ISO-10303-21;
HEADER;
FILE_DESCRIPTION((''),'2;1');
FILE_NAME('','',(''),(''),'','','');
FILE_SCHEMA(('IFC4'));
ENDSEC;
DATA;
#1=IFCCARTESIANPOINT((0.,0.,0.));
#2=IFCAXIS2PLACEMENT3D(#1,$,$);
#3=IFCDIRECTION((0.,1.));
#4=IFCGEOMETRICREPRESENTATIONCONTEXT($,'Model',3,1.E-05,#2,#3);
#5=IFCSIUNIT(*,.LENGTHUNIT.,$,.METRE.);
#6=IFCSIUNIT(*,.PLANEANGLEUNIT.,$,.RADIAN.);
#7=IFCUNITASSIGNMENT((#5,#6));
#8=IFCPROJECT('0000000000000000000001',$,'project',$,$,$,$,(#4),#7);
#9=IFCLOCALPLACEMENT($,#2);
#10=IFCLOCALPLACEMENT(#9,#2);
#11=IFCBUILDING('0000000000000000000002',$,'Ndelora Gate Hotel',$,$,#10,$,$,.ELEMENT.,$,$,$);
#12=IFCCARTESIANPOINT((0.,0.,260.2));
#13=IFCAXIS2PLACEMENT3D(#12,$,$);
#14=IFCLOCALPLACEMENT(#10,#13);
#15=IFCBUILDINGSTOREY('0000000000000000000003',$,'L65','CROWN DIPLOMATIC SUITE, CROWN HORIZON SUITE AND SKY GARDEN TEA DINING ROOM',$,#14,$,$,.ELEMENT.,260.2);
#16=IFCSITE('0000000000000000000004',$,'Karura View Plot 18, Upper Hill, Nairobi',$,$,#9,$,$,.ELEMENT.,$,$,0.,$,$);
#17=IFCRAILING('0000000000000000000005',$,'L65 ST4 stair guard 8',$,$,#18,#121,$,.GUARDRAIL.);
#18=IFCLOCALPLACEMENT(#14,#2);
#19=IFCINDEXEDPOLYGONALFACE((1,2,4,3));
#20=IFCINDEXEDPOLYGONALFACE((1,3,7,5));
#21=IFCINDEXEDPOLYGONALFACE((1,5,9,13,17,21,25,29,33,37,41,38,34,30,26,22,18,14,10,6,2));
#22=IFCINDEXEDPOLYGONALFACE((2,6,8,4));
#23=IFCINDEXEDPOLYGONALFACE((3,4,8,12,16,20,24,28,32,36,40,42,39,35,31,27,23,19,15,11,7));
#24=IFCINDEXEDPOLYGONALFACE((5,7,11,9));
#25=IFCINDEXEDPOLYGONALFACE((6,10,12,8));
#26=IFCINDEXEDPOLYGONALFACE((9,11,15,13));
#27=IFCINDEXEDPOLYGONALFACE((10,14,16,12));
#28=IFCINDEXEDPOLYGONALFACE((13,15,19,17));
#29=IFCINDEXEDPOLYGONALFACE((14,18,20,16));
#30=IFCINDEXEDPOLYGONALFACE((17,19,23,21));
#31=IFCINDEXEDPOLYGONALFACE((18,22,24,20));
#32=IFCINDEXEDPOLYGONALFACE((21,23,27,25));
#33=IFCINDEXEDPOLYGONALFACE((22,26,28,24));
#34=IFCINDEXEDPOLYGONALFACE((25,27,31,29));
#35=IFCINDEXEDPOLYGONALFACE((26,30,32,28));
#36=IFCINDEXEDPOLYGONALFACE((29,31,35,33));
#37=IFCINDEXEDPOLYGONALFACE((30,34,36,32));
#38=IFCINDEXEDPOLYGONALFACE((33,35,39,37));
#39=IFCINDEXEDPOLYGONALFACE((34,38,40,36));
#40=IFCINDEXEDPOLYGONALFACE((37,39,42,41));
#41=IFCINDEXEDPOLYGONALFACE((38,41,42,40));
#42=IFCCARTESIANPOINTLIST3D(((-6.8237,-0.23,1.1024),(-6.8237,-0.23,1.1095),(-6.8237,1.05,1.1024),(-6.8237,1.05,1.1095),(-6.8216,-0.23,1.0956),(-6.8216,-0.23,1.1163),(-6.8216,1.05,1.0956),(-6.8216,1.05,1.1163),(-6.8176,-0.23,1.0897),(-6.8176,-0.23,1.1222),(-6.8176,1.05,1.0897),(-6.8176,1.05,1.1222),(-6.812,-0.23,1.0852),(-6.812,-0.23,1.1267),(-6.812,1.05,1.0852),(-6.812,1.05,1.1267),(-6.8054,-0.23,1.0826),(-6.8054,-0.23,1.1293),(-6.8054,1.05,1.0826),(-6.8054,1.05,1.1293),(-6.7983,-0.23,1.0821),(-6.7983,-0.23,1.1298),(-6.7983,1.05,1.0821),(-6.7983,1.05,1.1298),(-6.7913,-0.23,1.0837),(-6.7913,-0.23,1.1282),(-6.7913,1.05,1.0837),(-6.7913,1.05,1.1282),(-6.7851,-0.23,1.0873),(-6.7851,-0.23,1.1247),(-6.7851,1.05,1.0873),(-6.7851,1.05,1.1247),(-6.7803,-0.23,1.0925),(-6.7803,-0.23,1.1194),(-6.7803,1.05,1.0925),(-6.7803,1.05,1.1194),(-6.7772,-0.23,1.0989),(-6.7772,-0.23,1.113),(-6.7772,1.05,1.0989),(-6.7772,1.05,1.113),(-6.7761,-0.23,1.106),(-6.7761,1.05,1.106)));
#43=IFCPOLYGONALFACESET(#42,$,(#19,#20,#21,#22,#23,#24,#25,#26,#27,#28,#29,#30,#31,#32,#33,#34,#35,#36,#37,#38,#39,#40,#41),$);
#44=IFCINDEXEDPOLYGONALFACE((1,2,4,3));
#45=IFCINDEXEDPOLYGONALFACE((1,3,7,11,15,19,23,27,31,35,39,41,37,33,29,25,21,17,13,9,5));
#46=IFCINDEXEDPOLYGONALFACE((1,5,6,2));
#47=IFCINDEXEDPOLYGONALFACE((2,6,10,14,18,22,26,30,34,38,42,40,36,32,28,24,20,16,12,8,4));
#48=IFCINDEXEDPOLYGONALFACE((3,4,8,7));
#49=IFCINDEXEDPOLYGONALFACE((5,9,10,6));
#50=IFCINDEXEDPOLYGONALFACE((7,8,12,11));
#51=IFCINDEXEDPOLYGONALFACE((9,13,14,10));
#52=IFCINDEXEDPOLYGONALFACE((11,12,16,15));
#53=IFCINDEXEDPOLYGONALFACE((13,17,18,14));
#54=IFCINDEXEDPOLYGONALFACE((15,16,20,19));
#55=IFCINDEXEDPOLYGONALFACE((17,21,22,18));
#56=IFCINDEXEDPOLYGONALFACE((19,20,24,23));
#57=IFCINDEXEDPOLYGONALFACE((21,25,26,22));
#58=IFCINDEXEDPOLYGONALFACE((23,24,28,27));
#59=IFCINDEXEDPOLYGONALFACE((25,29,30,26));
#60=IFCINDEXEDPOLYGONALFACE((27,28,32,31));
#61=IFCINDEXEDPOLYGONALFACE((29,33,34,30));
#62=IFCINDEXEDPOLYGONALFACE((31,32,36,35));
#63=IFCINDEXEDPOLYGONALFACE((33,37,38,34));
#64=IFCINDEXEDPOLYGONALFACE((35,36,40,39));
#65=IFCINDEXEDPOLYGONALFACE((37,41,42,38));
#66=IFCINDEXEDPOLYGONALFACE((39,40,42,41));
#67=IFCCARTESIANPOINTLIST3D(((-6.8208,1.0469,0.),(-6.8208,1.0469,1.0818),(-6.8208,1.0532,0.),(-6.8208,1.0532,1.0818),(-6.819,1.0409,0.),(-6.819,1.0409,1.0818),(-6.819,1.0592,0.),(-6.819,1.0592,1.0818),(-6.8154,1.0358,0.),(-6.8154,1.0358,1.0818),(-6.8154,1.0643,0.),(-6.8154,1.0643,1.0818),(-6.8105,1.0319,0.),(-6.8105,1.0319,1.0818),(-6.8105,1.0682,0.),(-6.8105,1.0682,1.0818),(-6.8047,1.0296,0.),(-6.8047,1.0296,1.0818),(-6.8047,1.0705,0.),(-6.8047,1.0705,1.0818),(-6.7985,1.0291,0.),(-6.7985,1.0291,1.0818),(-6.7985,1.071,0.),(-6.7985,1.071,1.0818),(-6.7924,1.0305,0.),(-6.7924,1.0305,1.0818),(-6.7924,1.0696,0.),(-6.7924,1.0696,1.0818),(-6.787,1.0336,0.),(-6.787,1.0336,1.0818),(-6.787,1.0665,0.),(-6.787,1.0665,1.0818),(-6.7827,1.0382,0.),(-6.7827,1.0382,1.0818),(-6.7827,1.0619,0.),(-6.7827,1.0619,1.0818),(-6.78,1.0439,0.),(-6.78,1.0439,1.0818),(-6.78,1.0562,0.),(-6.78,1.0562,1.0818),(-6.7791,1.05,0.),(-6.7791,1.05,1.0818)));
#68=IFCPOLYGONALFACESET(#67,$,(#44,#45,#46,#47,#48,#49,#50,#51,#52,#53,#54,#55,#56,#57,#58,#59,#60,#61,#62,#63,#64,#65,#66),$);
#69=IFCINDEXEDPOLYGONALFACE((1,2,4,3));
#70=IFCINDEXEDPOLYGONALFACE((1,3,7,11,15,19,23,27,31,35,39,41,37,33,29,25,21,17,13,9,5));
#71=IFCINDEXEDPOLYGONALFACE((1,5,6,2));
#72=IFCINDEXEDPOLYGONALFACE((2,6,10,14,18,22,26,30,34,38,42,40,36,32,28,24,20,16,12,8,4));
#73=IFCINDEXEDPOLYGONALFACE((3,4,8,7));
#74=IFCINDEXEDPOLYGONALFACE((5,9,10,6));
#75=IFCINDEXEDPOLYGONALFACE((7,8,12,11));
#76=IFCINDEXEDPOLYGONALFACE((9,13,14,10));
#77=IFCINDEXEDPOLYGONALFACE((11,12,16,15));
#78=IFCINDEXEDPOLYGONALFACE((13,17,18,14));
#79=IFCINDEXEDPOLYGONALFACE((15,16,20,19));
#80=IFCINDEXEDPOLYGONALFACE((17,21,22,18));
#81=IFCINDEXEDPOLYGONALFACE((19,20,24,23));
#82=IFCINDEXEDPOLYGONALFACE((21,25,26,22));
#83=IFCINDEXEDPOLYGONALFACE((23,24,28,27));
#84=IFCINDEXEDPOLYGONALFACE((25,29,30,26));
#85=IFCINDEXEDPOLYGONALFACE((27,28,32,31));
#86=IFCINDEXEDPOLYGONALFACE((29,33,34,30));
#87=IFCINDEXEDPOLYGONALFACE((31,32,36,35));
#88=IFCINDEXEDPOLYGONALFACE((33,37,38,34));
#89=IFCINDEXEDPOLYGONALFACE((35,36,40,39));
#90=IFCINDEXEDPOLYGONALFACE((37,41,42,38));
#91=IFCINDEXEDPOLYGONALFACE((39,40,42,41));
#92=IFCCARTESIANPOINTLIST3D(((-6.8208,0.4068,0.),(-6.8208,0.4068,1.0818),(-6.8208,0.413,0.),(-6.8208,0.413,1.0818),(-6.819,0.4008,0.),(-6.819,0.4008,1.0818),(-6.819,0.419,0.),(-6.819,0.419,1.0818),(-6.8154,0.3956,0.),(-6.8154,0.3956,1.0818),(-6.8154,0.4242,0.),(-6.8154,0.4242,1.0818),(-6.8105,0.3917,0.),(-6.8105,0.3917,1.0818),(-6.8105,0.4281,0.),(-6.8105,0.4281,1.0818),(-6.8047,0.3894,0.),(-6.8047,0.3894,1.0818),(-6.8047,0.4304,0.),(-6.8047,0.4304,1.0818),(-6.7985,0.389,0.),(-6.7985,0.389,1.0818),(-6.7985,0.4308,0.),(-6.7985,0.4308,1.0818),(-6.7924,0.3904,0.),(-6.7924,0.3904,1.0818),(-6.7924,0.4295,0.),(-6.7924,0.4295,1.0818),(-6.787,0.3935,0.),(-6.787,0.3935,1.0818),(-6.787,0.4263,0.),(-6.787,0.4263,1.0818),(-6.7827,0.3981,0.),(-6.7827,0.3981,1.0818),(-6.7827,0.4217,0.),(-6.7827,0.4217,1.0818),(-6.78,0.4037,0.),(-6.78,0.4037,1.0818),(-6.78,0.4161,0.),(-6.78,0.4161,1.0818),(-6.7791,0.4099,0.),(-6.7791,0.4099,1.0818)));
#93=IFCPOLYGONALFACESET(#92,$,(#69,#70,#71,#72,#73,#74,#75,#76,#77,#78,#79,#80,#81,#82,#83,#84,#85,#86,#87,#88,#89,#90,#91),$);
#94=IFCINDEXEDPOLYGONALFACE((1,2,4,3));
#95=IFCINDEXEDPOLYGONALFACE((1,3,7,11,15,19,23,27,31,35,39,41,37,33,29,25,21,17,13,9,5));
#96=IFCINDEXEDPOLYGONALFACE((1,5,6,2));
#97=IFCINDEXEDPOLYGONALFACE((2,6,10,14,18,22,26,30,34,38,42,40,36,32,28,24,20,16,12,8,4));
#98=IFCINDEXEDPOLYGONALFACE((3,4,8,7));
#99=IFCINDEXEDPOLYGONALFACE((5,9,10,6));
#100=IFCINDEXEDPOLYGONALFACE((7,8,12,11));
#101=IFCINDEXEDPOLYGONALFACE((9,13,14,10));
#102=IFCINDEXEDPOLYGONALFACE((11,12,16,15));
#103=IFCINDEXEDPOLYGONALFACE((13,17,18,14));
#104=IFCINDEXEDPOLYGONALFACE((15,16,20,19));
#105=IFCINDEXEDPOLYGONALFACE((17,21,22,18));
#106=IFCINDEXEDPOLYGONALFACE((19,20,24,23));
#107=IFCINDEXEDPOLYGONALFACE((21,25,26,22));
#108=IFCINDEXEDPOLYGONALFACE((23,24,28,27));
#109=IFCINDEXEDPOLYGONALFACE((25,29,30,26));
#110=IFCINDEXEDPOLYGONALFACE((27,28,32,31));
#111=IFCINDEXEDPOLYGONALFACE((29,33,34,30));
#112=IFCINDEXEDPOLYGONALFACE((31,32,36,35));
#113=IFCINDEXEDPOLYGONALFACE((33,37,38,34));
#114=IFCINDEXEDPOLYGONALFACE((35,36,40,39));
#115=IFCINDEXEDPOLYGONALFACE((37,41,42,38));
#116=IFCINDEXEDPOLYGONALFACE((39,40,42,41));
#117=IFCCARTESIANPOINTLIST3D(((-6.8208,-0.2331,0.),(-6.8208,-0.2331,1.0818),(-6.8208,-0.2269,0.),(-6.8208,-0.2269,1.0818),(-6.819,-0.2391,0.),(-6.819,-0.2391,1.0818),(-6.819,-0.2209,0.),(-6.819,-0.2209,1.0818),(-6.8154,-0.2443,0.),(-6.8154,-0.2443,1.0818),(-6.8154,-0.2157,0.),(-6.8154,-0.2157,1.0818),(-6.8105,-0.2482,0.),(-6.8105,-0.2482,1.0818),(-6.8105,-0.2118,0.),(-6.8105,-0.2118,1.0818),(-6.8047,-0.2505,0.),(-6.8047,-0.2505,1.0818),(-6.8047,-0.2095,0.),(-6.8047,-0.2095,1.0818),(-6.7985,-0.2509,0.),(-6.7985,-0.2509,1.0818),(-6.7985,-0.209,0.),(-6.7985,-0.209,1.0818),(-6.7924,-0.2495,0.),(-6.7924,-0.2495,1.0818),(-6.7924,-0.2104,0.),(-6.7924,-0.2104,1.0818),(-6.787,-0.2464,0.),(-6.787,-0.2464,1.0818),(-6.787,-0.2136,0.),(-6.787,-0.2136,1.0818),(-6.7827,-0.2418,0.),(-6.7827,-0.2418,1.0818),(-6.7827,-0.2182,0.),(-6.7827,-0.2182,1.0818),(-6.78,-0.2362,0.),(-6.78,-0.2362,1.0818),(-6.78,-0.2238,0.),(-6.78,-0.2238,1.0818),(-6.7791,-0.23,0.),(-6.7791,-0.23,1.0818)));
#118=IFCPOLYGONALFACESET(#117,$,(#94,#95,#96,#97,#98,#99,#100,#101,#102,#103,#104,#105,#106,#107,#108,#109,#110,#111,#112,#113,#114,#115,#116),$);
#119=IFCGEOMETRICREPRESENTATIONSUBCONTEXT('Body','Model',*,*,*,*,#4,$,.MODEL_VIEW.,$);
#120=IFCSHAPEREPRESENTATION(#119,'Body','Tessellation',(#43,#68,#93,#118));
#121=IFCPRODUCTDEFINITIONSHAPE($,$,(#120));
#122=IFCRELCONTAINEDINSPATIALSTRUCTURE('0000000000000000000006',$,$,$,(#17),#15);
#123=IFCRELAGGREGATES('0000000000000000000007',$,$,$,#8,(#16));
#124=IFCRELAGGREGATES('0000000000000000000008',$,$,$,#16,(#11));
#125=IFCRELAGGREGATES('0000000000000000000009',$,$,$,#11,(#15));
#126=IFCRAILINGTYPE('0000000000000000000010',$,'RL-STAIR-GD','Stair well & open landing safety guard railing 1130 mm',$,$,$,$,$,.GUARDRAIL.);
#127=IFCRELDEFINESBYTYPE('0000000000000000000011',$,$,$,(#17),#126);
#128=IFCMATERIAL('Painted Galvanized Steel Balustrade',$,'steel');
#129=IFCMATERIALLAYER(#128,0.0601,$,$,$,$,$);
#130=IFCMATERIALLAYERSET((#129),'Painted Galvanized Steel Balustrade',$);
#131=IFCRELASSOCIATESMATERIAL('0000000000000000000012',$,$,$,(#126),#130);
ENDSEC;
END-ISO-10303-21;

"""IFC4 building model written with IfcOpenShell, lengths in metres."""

from ifc_helpers import new_model, si_unit, direction, frame, origin, origin_2d, place, context, subcontext, project, spatial, circle, extrude, material, layer, layer_set, type_object, element, save


model = new_model("IFC4")

# Units and contexts
model_context = context("Model", 3, precision=1e-05, world=origin(), true_north=direction((0.0, 1.0)))
body_context = subcontext(model_context, "Body", "Model", "MODEL_VIEW")
ifc_project = project(units=[si_unit("LENGTHUNIT", "METRE"), si_unit("PLANEANGLEUNIT", "RADIAN")], contexts=[model_context])

# Site, building, storey
site_placement = place(None, origin())
site = spatial("IfcSite", under=ifc_project, at=site_placement, Name="Karura View Plot 18, Upper Hill, Nairobi", CompositionType="ELEMENT", RefElevation=0.0)
building_placement = place(site_placement, origin())
building = spatial("IfcBuilding", under=site, at=building_placement, Name="Ndelora Gate Hotel", CompositionType="ELEMENT")
storey_placement = place(building_placement, frame((0.0, 0.0, 260.2)))
storey = spatial("IfcBuildingStorey", under=building, at=storey_placement, Name="L65", Description="CROWN DIPLOMATIC SUITE, CROWN HORIZON SUITE AND SKY GARDEN TEA DINING ROOM", CompositionType="ELEMENT", Elevation=260.2)

# Railing
ifc_material_1 = material(Name="Painted Galvanized Steel Balustrade", Category="steel")
ifc_layer_1 = layer(ifc_material_1, 0.0601)
ifc_layer_set_1 = layer_set([ifc_layer_1], Name="Painted Galvanized Steel Balustrade")
railing_type = type_object("IfcRailingType", Name="RL-STAIR-GD", Description="Stair well & open landing safety guard railing 1130 mm", PredefinedType="GUARDRAIL", material=ifc_layer_set_1)
for number, where, name in (
    (1, (-6.8, 1.05, 0.0), "L65 ST4 stair guard 8"),
):
    element("IfcRailing", number, at=place(storey_placement, frame(where)), inside=storey, type_object=railing_type, Name=name, PredefinedType="GUARDRAIL", context=body_context, shape_type="SweptSolid", body=[
        extrude(circle(Radius=0.0239, at=origin_2d()), frame((0.0, 0.0, 1.106), z_axis=(0.0, -1.0, 0.0), x_axis=(1.0, 0.0, 0.0)), (0.0, 0.0, 1.0), 1.28),
        extrude(circle(Radius=0.021, at=origin_2d()), origin(), (0.0, 0.0, 1.0), 1.0818),
        extrude(circle(Radius=0.021, at=origin_2d()), frame((0.0, -0.6401, 0.0)), (0.0, 0.0, 1.0), 1.0818),
        extrude(circle(Radius=0.021, at=origin_2d()), frame((0.0, -1.28, 0.0)), (0.0, 0.0, 1.0), 1.0818),
    ])

save(model, "model.ifc")
